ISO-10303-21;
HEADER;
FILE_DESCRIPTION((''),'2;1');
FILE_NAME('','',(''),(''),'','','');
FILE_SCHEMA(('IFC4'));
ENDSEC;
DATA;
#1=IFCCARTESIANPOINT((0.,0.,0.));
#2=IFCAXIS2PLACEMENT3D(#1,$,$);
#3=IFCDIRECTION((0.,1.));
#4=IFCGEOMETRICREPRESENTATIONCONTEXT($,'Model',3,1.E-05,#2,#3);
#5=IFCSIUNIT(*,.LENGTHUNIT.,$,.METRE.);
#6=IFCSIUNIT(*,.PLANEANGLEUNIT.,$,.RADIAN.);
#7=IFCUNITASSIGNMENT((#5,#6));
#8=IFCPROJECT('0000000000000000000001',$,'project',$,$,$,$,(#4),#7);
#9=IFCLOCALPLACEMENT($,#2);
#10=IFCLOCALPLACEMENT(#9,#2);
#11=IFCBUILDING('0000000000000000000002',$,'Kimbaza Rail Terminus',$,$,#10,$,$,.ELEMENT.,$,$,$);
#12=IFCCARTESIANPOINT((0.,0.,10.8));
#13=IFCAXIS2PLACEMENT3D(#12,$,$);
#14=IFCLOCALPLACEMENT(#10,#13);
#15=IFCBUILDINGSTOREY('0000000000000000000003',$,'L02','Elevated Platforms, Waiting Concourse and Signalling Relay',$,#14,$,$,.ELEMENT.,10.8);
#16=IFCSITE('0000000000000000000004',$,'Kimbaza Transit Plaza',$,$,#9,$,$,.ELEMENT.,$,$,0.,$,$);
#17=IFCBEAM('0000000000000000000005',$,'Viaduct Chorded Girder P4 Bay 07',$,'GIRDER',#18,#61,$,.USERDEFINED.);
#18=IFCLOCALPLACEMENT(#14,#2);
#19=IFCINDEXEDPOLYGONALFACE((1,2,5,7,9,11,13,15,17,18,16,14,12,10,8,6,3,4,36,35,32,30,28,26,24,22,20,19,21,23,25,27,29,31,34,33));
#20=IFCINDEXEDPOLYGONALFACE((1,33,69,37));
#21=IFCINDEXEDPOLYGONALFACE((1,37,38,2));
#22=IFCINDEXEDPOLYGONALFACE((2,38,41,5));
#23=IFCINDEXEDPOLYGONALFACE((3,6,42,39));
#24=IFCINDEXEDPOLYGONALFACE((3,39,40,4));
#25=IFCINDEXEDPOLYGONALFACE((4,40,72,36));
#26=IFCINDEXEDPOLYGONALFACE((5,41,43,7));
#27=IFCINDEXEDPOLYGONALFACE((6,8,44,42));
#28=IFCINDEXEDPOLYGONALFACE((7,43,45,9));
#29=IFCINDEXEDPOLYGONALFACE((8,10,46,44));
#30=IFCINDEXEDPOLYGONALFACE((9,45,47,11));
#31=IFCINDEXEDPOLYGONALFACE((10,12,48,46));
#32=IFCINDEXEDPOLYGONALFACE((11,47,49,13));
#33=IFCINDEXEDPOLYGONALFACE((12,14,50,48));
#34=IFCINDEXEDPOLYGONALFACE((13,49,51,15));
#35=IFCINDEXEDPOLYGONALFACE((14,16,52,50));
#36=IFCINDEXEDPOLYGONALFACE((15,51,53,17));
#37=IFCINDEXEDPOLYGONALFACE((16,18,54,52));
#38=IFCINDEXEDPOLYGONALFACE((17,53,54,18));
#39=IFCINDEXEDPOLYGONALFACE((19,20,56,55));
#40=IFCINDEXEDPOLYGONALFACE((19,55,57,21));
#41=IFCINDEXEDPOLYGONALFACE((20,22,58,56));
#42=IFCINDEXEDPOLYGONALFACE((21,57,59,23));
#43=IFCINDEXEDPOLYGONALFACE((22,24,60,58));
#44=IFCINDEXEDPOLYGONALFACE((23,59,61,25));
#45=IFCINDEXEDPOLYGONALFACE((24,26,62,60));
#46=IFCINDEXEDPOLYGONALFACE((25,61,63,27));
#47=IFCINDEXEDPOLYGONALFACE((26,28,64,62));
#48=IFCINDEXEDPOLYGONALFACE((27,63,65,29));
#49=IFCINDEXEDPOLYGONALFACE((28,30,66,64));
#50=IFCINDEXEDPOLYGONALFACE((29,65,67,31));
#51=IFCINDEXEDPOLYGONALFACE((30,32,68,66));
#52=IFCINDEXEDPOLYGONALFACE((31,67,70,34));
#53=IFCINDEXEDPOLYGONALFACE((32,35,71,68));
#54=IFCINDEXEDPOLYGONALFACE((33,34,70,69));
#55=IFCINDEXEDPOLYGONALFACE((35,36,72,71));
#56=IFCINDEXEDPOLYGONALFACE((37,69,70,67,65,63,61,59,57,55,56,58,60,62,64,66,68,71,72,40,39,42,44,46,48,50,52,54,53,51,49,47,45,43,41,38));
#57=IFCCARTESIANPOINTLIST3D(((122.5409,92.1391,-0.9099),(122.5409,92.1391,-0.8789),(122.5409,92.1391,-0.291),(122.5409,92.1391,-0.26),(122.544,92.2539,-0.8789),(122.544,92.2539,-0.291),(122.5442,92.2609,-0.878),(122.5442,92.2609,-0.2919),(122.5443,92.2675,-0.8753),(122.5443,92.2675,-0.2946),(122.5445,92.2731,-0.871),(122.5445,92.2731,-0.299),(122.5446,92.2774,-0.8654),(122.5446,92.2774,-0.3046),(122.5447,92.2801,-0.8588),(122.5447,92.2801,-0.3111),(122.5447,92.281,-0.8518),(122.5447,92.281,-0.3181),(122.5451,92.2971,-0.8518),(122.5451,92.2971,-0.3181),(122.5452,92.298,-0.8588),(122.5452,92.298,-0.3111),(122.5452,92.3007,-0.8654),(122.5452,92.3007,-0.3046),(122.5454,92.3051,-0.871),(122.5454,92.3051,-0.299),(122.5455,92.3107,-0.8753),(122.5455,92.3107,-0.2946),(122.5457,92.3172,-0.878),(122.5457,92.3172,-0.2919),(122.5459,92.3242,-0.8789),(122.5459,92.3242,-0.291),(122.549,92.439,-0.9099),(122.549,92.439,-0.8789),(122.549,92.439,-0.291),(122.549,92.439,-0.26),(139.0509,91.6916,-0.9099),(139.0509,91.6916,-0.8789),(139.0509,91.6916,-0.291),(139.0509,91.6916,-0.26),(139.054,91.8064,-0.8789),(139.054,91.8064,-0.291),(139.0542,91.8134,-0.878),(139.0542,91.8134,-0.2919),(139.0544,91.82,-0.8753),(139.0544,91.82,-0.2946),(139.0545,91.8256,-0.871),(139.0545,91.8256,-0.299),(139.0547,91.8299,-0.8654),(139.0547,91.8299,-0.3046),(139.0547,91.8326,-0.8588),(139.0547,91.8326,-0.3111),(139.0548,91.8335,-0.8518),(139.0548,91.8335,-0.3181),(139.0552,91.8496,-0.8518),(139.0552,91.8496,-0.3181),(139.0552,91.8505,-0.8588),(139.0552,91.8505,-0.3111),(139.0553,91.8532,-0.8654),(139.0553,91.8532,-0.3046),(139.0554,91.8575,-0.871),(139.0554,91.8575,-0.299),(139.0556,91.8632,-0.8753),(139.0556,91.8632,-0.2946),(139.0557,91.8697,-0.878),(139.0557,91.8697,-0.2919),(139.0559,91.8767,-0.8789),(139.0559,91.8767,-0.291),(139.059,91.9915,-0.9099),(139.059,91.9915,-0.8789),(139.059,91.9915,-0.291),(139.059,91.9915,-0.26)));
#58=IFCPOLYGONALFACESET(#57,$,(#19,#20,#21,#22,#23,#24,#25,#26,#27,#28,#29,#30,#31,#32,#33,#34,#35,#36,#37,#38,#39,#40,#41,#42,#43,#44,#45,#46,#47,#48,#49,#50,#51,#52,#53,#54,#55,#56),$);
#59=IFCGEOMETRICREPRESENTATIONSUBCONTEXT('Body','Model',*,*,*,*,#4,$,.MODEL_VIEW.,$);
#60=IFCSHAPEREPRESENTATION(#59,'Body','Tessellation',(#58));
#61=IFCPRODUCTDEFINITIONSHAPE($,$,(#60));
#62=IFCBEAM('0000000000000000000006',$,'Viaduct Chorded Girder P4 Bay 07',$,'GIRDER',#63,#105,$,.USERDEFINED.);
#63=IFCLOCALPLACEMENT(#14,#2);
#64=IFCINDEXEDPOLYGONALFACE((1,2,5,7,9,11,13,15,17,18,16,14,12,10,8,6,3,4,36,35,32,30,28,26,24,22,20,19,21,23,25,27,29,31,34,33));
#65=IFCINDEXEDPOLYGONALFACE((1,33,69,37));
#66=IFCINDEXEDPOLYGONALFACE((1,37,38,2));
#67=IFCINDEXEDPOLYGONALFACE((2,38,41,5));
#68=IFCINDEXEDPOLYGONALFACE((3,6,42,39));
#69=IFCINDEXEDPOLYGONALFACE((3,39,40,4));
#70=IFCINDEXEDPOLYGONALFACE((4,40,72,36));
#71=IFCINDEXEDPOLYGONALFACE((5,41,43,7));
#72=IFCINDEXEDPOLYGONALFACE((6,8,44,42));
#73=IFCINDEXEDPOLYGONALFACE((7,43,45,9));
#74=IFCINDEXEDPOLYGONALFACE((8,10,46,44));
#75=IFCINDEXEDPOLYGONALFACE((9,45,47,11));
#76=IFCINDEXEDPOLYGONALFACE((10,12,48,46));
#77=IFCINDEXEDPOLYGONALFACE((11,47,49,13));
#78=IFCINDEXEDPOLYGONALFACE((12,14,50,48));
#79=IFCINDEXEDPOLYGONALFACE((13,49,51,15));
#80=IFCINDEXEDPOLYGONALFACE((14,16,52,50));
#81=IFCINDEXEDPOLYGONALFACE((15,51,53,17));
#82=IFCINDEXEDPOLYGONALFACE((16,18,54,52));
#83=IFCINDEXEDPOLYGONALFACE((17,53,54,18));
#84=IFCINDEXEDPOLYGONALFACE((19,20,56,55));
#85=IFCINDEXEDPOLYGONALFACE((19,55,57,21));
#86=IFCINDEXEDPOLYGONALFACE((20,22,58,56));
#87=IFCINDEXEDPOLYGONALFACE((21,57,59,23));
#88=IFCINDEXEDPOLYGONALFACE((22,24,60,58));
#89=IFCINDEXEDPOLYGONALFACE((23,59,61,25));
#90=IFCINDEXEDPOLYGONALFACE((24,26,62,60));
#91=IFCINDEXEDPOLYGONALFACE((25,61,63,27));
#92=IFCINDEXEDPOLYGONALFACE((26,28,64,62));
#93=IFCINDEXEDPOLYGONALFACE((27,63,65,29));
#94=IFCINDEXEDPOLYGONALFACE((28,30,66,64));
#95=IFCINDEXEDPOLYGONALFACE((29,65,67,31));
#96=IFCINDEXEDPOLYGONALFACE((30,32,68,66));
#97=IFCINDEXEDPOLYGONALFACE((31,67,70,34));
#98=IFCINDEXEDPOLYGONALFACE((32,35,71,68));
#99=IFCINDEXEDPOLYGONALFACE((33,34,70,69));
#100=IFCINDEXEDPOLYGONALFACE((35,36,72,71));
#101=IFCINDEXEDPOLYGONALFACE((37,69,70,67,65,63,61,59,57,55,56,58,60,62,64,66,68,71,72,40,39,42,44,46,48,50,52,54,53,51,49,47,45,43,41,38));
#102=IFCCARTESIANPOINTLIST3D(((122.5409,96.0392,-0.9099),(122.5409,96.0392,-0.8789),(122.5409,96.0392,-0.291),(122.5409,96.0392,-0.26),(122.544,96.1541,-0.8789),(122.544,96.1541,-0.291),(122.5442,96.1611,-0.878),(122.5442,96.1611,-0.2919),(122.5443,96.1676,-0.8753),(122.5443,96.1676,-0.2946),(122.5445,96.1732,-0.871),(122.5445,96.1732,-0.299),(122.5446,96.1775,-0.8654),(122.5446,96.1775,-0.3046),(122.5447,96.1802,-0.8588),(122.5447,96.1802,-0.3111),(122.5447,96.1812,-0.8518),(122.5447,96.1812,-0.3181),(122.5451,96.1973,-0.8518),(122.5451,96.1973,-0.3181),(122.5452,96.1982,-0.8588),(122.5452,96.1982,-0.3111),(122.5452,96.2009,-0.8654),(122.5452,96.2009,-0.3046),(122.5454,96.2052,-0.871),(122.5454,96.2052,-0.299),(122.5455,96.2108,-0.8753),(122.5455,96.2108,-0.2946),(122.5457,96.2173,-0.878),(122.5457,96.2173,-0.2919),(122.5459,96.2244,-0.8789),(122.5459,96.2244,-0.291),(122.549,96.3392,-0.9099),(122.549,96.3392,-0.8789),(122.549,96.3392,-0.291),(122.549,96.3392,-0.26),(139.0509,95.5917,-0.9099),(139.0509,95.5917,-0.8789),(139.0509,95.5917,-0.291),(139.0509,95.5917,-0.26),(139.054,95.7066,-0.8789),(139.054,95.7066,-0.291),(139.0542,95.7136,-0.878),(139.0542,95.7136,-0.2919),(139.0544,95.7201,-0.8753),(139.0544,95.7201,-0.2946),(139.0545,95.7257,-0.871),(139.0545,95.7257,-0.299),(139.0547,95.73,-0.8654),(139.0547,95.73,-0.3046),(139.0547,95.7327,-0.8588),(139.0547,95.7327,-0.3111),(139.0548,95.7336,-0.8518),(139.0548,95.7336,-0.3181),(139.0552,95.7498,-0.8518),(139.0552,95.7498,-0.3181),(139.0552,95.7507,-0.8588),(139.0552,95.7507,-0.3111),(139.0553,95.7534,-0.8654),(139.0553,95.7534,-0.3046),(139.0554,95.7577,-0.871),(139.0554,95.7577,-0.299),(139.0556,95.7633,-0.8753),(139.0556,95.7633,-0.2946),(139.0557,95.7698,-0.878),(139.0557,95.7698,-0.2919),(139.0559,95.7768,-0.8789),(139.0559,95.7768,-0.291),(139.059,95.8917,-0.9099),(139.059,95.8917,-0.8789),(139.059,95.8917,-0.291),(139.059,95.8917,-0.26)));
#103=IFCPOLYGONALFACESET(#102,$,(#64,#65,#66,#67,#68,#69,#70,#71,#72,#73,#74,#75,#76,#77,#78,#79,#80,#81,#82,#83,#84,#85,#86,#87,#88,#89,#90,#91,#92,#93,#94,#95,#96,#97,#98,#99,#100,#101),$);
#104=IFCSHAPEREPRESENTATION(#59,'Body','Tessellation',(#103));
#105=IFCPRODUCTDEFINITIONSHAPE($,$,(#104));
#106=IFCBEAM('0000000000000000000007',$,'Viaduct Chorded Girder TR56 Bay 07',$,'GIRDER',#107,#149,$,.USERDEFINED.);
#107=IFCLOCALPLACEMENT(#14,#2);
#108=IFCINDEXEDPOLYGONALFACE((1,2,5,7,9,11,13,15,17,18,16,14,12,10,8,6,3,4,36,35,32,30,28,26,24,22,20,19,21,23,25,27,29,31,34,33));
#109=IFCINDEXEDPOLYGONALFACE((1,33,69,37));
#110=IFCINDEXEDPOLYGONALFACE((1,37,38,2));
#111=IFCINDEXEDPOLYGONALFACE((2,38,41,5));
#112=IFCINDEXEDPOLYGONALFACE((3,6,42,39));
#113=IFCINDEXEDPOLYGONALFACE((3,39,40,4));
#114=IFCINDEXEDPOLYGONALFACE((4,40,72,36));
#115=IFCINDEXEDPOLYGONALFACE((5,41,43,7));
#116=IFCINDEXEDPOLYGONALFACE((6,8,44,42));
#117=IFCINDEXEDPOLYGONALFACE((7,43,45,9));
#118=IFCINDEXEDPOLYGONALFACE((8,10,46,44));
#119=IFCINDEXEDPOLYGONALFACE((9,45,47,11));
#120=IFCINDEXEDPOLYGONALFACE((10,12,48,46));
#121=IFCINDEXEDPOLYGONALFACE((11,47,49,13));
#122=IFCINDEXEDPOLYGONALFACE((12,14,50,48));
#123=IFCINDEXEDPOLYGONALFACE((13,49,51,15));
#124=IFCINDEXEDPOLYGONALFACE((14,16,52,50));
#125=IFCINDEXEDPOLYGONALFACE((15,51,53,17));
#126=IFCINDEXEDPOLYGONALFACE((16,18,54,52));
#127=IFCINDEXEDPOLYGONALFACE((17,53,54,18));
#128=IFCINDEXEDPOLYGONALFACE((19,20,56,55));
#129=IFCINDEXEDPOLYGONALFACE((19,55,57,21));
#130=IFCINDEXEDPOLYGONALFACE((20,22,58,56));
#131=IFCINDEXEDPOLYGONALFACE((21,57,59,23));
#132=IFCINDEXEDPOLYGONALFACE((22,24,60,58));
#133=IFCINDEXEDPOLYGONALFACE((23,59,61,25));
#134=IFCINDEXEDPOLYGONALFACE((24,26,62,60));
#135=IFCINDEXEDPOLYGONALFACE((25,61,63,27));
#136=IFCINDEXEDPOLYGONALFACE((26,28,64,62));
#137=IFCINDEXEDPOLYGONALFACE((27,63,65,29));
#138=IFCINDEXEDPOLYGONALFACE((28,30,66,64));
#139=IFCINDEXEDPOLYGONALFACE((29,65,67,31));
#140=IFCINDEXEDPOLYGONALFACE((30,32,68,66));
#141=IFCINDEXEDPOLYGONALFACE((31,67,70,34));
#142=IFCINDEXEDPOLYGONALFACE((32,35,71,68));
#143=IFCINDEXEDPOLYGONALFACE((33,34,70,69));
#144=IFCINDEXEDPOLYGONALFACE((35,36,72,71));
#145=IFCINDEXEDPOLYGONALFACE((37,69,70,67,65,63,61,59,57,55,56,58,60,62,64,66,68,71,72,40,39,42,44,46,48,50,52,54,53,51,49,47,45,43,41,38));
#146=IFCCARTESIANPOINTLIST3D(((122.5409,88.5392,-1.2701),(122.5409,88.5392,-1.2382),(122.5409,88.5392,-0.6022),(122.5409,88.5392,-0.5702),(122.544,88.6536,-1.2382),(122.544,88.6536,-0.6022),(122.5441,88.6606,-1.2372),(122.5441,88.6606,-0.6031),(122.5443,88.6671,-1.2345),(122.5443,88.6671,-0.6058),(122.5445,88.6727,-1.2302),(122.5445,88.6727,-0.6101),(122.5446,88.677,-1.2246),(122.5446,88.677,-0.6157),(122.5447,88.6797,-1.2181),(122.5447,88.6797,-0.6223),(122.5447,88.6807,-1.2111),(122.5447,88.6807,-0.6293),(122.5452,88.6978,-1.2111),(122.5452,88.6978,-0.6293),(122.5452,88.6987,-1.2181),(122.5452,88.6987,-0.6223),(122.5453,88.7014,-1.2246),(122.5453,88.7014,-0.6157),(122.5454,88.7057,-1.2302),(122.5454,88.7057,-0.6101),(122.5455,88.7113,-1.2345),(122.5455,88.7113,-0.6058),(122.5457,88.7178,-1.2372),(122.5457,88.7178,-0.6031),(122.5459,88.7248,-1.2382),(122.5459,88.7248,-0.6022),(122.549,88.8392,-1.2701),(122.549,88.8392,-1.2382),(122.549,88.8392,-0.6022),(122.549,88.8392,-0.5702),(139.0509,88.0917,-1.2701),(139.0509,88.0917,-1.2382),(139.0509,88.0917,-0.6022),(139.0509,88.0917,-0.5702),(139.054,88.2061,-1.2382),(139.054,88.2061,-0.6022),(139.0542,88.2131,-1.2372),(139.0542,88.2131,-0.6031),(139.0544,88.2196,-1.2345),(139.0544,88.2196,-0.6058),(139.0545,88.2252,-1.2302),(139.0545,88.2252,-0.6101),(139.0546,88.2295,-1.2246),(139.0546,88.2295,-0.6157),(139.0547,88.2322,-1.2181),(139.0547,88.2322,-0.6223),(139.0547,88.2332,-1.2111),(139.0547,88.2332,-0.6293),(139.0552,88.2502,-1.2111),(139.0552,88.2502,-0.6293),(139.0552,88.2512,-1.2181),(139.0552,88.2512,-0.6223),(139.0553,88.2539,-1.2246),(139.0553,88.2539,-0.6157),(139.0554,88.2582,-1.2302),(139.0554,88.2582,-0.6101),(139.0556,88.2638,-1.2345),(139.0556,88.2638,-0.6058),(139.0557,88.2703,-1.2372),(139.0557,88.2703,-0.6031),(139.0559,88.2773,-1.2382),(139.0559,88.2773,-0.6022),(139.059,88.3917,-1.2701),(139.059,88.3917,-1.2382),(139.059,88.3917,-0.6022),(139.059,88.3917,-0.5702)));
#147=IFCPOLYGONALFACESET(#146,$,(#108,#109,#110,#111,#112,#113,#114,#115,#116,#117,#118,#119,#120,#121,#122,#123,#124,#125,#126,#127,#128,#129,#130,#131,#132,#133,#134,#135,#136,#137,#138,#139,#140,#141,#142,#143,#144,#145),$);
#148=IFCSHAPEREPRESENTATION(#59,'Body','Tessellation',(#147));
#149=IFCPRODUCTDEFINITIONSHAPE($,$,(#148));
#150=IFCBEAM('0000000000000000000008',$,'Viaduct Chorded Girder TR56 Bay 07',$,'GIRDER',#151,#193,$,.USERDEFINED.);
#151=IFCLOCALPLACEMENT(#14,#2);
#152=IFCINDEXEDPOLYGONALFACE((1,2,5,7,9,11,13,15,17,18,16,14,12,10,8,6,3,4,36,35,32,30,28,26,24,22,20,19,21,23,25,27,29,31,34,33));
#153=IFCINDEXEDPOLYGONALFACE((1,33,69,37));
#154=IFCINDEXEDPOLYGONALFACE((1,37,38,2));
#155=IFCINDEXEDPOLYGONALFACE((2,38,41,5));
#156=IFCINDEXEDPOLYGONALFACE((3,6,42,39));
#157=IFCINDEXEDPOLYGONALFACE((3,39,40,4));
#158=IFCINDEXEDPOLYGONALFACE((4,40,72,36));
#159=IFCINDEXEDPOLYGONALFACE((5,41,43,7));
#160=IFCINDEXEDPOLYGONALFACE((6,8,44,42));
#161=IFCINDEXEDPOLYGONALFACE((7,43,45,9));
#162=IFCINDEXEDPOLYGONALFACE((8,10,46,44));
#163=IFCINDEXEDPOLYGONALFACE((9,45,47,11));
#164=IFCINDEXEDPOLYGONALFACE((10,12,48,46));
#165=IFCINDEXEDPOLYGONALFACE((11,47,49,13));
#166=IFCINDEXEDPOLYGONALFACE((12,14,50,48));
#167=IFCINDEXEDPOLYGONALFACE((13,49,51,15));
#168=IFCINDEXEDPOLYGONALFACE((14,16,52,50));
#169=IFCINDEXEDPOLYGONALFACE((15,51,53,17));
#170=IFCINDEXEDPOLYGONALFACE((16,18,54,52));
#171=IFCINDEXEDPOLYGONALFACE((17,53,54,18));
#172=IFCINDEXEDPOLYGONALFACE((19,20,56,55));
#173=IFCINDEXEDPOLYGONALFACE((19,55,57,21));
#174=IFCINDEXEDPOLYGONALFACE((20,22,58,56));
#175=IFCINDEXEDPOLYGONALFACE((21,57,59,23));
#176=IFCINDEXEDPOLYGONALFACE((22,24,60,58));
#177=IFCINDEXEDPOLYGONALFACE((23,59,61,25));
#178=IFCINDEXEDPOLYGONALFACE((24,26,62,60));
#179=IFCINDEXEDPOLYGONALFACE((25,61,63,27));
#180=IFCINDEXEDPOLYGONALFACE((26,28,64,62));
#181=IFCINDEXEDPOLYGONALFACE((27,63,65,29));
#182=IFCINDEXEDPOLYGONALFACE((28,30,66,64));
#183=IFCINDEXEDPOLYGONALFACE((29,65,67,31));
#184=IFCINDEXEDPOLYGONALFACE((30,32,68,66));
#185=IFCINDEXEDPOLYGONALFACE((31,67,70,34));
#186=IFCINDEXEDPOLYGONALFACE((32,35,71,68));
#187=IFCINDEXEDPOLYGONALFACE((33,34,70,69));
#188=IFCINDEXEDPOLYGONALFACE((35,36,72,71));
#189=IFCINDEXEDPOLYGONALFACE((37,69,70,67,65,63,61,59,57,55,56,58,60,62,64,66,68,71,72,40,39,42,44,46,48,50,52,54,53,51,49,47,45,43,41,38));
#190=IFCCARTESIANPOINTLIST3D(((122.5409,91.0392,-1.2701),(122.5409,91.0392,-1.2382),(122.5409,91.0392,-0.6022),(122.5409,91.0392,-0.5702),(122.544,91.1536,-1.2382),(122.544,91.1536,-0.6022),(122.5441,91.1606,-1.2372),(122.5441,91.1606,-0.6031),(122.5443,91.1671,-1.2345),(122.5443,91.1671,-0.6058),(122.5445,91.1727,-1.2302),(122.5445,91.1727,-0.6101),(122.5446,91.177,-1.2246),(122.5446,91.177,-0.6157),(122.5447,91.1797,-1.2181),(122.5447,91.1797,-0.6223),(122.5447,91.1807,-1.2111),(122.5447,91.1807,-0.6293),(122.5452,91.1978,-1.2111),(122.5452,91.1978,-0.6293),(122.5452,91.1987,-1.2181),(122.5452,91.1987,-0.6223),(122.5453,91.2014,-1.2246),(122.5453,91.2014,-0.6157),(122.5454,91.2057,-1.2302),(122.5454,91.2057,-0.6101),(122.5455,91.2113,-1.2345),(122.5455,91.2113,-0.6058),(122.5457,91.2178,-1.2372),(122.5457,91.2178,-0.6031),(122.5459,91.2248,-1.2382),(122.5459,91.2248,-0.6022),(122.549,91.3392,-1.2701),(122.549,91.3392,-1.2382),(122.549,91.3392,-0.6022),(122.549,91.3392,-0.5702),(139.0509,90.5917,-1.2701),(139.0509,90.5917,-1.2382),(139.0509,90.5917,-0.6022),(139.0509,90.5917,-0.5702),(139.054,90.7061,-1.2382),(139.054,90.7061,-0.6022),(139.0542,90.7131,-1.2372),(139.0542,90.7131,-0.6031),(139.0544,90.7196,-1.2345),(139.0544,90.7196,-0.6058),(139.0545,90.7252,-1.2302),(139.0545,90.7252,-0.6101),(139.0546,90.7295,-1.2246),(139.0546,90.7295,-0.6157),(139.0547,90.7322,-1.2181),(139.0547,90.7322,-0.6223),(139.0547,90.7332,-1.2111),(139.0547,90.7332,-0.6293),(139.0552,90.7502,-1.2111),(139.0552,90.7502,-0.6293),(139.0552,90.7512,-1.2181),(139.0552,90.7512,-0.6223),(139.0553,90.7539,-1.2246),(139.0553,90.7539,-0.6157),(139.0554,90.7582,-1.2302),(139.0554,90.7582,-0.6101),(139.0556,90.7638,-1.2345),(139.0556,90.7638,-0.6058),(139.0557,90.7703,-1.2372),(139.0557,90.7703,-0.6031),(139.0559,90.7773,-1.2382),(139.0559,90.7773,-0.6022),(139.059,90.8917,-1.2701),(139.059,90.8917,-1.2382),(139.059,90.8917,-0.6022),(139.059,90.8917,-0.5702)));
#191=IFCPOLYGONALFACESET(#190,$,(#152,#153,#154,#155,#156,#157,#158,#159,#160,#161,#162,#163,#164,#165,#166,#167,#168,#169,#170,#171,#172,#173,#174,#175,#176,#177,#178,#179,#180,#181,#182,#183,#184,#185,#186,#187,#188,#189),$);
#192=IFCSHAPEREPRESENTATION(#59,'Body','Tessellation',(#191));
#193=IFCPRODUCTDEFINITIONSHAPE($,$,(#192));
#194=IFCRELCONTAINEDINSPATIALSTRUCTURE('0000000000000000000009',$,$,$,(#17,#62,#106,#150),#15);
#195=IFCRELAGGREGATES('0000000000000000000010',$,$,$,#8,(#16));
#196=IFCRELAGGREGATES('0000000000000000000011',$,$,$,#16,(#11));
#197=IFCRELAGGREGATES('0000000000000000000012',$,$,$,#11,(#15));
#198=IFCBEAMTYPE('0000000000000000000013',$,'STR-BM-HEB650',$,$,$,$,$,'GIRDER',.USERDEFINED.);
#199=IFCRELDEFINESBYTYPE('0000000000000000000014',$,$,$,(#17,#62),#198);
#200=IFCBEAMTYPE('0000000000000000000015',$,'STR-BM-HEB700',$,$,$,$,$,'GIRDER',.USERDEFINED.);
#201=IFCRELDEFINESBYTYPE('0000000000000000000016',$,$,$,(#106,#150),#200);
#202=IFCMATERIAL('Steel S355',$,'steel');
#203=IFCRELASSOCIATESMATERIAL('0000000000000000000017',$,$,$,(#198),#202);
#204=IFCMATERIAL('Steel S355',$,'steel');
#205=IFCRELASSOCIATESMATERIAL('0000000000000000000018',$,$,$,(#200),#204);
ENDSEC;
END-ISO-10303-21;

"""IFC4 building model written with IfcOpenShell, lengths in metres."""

from ifc_helpers import new_model, si_unit, direction, frame, origin, origin_2d, place, context, subcontext, project, spatial, i_section, extrude, material, material_profile, profile_set, type_object, element, save


model = new_model("IFC4")

# Units and contexts
model_context = context("Model", 3, precision=1e-05, world=origin(), true_north=direction((0.0, 1.0)))
body_context = subcontext(model_context, "Body", "Model", "MODEL_VIEW")
ifc_project = project(units=[si_unit("LENGTHUNIT", "METRE"), si_unit("PLANEANGLEUNIT", "RADIAN")], contexts=[model_context])

# Site, building, storey
site_placement = place(None, origin())
site = spatial("IfcSite", under=ifc_project, at=site_placement, Name="Kimbaza Transit Plaza", CompositionType="ELEMENT", RefElevation=0.0)
building_placement = place(site_placement, origin())
building = spatial("IfcBuilding", under=site, at=building_placement, Name="Kimbaza Rail Terminus", CompositionType="ELEMENT")
storey_placement = place(building_placement, frame((0.0, 0.0, 10.8)))
storey = spatial("IfcBuildingStorey", under=building, at=storey_placement, Name="L02", Description="Elevated Platforms, Waiting Concourse and Signalling Relay", CompositionType="ELEMENT", Elevation=10.8)

# Beams
ifc_material_1 = material(Name="Steel S355", Category="steel")
ifc_material_profile_1 = material_profile(ifc_material_1, i_section(OverallWidth=0.3, OverallDepth=0.6499, WebThickness=0.0161, FlangeThickness=0.031, FilletRadius=0.0271, at=origin_2d()), Name="HEB 650")
ifc_profile_set_1 = profile_set([ifc_material_profile_1], Name="Steel S355")
beam_type_1 = type_object("IfcBeamType", Name="STR-BM-HEB650", ElementType="GIRDER", PredefinedType="USERDEFINED", material=ifc_profile_set_1)
for number, where, z_axis, x_axis, name in (
    (1, (122.5449, 92.2891, -0.585), (0.999633, -0.027095, 0.0), (0.027095, 0.999633, 0.0), "Viaduct Chorded Girder P4 Bay 07"),
    (2, (122.5449, 96.1892, -0.585), (0.999633, -0.027095, 0.0), (0.027095, 0.999633, 0.0), "Viaduct Chorded Girder P4 Bay 07"),
):
    element("IfcBeam", number, at=place(storey_placement, frame(where, z_axis=z_axis, x_axis=x_axis)), inside=storey, type_object=beam_type_1, Name=name, ObjectType="GIRDER", PredefinedType="USERDEFINED", context=body_context, shape_type="SweptSolid", body=[
        extrude(i_section(OverallWidth=0.3, OverallDepth=0.6499, WebThickness=0.0161, FlangeThickness=0.031, FilletRadius=0.0271, at=origin_2d()), origin(), (0.0, 0.0, 1.0), 16.5161),
    ])
ifc_material_2 = material(Name="Steel S355", Category="steel")
ifc_material_profile_2 = material_profile(ifc_material_2, i_section(OverallWidth=0.3, OverallDepth=0.7, WebThickness=0.0171, FlangeThickness=0.032, FilletRadius=0.0271, at=origin_2d()), Name="HEB 700")
ifc_profile_set_2 = profile_set([ifc_material_profile_2], Name="Steel S355")
beam_type_2 = type_object("IfcBeamType", Name="STR-BM-HEB700", ElementType="GIRDER", PredefinedType="USERDEFINED", material=ifc_profile_set_2)
for number, where, z_axis, x_axis, name in (
    (3, (122.5449, 88.6892, -0.9202), (0.999633, -0.027095, 0.0), (0.027095, 0.999633, 0.0), "Viaduct Chorded Girder TR56 Bay 07"),
    (4, (122.5449, 91.1892, -0.9202), (0.999633, -0.027095, 0.0), (0.027095, 0.999633, 0.0), "Viaduct Chorded Girder TR56 Bay 07"),
):
    element("IfcBeam", number, at=place(storey_placement, frame(where, z_axis=z_axis, x_axis=x_axis)), inside=storey, type_object=beam_type_2, Name=name, ObjectType="GIRDER", PredefinedType="USERDEFINED", context=body_context, shape_type="SweptSolid", body=[
        extrude(i_section(OverallWidth=0.3, OverallDepth=0.7, WebThickness=0.0171, FlangeThickness=0.032, FilletRadius=0.0271, at=origin_2d()), origin(), (0.0, 0.0, 1.0), 16.5161),
    ])

save(model, "model.ifc")
